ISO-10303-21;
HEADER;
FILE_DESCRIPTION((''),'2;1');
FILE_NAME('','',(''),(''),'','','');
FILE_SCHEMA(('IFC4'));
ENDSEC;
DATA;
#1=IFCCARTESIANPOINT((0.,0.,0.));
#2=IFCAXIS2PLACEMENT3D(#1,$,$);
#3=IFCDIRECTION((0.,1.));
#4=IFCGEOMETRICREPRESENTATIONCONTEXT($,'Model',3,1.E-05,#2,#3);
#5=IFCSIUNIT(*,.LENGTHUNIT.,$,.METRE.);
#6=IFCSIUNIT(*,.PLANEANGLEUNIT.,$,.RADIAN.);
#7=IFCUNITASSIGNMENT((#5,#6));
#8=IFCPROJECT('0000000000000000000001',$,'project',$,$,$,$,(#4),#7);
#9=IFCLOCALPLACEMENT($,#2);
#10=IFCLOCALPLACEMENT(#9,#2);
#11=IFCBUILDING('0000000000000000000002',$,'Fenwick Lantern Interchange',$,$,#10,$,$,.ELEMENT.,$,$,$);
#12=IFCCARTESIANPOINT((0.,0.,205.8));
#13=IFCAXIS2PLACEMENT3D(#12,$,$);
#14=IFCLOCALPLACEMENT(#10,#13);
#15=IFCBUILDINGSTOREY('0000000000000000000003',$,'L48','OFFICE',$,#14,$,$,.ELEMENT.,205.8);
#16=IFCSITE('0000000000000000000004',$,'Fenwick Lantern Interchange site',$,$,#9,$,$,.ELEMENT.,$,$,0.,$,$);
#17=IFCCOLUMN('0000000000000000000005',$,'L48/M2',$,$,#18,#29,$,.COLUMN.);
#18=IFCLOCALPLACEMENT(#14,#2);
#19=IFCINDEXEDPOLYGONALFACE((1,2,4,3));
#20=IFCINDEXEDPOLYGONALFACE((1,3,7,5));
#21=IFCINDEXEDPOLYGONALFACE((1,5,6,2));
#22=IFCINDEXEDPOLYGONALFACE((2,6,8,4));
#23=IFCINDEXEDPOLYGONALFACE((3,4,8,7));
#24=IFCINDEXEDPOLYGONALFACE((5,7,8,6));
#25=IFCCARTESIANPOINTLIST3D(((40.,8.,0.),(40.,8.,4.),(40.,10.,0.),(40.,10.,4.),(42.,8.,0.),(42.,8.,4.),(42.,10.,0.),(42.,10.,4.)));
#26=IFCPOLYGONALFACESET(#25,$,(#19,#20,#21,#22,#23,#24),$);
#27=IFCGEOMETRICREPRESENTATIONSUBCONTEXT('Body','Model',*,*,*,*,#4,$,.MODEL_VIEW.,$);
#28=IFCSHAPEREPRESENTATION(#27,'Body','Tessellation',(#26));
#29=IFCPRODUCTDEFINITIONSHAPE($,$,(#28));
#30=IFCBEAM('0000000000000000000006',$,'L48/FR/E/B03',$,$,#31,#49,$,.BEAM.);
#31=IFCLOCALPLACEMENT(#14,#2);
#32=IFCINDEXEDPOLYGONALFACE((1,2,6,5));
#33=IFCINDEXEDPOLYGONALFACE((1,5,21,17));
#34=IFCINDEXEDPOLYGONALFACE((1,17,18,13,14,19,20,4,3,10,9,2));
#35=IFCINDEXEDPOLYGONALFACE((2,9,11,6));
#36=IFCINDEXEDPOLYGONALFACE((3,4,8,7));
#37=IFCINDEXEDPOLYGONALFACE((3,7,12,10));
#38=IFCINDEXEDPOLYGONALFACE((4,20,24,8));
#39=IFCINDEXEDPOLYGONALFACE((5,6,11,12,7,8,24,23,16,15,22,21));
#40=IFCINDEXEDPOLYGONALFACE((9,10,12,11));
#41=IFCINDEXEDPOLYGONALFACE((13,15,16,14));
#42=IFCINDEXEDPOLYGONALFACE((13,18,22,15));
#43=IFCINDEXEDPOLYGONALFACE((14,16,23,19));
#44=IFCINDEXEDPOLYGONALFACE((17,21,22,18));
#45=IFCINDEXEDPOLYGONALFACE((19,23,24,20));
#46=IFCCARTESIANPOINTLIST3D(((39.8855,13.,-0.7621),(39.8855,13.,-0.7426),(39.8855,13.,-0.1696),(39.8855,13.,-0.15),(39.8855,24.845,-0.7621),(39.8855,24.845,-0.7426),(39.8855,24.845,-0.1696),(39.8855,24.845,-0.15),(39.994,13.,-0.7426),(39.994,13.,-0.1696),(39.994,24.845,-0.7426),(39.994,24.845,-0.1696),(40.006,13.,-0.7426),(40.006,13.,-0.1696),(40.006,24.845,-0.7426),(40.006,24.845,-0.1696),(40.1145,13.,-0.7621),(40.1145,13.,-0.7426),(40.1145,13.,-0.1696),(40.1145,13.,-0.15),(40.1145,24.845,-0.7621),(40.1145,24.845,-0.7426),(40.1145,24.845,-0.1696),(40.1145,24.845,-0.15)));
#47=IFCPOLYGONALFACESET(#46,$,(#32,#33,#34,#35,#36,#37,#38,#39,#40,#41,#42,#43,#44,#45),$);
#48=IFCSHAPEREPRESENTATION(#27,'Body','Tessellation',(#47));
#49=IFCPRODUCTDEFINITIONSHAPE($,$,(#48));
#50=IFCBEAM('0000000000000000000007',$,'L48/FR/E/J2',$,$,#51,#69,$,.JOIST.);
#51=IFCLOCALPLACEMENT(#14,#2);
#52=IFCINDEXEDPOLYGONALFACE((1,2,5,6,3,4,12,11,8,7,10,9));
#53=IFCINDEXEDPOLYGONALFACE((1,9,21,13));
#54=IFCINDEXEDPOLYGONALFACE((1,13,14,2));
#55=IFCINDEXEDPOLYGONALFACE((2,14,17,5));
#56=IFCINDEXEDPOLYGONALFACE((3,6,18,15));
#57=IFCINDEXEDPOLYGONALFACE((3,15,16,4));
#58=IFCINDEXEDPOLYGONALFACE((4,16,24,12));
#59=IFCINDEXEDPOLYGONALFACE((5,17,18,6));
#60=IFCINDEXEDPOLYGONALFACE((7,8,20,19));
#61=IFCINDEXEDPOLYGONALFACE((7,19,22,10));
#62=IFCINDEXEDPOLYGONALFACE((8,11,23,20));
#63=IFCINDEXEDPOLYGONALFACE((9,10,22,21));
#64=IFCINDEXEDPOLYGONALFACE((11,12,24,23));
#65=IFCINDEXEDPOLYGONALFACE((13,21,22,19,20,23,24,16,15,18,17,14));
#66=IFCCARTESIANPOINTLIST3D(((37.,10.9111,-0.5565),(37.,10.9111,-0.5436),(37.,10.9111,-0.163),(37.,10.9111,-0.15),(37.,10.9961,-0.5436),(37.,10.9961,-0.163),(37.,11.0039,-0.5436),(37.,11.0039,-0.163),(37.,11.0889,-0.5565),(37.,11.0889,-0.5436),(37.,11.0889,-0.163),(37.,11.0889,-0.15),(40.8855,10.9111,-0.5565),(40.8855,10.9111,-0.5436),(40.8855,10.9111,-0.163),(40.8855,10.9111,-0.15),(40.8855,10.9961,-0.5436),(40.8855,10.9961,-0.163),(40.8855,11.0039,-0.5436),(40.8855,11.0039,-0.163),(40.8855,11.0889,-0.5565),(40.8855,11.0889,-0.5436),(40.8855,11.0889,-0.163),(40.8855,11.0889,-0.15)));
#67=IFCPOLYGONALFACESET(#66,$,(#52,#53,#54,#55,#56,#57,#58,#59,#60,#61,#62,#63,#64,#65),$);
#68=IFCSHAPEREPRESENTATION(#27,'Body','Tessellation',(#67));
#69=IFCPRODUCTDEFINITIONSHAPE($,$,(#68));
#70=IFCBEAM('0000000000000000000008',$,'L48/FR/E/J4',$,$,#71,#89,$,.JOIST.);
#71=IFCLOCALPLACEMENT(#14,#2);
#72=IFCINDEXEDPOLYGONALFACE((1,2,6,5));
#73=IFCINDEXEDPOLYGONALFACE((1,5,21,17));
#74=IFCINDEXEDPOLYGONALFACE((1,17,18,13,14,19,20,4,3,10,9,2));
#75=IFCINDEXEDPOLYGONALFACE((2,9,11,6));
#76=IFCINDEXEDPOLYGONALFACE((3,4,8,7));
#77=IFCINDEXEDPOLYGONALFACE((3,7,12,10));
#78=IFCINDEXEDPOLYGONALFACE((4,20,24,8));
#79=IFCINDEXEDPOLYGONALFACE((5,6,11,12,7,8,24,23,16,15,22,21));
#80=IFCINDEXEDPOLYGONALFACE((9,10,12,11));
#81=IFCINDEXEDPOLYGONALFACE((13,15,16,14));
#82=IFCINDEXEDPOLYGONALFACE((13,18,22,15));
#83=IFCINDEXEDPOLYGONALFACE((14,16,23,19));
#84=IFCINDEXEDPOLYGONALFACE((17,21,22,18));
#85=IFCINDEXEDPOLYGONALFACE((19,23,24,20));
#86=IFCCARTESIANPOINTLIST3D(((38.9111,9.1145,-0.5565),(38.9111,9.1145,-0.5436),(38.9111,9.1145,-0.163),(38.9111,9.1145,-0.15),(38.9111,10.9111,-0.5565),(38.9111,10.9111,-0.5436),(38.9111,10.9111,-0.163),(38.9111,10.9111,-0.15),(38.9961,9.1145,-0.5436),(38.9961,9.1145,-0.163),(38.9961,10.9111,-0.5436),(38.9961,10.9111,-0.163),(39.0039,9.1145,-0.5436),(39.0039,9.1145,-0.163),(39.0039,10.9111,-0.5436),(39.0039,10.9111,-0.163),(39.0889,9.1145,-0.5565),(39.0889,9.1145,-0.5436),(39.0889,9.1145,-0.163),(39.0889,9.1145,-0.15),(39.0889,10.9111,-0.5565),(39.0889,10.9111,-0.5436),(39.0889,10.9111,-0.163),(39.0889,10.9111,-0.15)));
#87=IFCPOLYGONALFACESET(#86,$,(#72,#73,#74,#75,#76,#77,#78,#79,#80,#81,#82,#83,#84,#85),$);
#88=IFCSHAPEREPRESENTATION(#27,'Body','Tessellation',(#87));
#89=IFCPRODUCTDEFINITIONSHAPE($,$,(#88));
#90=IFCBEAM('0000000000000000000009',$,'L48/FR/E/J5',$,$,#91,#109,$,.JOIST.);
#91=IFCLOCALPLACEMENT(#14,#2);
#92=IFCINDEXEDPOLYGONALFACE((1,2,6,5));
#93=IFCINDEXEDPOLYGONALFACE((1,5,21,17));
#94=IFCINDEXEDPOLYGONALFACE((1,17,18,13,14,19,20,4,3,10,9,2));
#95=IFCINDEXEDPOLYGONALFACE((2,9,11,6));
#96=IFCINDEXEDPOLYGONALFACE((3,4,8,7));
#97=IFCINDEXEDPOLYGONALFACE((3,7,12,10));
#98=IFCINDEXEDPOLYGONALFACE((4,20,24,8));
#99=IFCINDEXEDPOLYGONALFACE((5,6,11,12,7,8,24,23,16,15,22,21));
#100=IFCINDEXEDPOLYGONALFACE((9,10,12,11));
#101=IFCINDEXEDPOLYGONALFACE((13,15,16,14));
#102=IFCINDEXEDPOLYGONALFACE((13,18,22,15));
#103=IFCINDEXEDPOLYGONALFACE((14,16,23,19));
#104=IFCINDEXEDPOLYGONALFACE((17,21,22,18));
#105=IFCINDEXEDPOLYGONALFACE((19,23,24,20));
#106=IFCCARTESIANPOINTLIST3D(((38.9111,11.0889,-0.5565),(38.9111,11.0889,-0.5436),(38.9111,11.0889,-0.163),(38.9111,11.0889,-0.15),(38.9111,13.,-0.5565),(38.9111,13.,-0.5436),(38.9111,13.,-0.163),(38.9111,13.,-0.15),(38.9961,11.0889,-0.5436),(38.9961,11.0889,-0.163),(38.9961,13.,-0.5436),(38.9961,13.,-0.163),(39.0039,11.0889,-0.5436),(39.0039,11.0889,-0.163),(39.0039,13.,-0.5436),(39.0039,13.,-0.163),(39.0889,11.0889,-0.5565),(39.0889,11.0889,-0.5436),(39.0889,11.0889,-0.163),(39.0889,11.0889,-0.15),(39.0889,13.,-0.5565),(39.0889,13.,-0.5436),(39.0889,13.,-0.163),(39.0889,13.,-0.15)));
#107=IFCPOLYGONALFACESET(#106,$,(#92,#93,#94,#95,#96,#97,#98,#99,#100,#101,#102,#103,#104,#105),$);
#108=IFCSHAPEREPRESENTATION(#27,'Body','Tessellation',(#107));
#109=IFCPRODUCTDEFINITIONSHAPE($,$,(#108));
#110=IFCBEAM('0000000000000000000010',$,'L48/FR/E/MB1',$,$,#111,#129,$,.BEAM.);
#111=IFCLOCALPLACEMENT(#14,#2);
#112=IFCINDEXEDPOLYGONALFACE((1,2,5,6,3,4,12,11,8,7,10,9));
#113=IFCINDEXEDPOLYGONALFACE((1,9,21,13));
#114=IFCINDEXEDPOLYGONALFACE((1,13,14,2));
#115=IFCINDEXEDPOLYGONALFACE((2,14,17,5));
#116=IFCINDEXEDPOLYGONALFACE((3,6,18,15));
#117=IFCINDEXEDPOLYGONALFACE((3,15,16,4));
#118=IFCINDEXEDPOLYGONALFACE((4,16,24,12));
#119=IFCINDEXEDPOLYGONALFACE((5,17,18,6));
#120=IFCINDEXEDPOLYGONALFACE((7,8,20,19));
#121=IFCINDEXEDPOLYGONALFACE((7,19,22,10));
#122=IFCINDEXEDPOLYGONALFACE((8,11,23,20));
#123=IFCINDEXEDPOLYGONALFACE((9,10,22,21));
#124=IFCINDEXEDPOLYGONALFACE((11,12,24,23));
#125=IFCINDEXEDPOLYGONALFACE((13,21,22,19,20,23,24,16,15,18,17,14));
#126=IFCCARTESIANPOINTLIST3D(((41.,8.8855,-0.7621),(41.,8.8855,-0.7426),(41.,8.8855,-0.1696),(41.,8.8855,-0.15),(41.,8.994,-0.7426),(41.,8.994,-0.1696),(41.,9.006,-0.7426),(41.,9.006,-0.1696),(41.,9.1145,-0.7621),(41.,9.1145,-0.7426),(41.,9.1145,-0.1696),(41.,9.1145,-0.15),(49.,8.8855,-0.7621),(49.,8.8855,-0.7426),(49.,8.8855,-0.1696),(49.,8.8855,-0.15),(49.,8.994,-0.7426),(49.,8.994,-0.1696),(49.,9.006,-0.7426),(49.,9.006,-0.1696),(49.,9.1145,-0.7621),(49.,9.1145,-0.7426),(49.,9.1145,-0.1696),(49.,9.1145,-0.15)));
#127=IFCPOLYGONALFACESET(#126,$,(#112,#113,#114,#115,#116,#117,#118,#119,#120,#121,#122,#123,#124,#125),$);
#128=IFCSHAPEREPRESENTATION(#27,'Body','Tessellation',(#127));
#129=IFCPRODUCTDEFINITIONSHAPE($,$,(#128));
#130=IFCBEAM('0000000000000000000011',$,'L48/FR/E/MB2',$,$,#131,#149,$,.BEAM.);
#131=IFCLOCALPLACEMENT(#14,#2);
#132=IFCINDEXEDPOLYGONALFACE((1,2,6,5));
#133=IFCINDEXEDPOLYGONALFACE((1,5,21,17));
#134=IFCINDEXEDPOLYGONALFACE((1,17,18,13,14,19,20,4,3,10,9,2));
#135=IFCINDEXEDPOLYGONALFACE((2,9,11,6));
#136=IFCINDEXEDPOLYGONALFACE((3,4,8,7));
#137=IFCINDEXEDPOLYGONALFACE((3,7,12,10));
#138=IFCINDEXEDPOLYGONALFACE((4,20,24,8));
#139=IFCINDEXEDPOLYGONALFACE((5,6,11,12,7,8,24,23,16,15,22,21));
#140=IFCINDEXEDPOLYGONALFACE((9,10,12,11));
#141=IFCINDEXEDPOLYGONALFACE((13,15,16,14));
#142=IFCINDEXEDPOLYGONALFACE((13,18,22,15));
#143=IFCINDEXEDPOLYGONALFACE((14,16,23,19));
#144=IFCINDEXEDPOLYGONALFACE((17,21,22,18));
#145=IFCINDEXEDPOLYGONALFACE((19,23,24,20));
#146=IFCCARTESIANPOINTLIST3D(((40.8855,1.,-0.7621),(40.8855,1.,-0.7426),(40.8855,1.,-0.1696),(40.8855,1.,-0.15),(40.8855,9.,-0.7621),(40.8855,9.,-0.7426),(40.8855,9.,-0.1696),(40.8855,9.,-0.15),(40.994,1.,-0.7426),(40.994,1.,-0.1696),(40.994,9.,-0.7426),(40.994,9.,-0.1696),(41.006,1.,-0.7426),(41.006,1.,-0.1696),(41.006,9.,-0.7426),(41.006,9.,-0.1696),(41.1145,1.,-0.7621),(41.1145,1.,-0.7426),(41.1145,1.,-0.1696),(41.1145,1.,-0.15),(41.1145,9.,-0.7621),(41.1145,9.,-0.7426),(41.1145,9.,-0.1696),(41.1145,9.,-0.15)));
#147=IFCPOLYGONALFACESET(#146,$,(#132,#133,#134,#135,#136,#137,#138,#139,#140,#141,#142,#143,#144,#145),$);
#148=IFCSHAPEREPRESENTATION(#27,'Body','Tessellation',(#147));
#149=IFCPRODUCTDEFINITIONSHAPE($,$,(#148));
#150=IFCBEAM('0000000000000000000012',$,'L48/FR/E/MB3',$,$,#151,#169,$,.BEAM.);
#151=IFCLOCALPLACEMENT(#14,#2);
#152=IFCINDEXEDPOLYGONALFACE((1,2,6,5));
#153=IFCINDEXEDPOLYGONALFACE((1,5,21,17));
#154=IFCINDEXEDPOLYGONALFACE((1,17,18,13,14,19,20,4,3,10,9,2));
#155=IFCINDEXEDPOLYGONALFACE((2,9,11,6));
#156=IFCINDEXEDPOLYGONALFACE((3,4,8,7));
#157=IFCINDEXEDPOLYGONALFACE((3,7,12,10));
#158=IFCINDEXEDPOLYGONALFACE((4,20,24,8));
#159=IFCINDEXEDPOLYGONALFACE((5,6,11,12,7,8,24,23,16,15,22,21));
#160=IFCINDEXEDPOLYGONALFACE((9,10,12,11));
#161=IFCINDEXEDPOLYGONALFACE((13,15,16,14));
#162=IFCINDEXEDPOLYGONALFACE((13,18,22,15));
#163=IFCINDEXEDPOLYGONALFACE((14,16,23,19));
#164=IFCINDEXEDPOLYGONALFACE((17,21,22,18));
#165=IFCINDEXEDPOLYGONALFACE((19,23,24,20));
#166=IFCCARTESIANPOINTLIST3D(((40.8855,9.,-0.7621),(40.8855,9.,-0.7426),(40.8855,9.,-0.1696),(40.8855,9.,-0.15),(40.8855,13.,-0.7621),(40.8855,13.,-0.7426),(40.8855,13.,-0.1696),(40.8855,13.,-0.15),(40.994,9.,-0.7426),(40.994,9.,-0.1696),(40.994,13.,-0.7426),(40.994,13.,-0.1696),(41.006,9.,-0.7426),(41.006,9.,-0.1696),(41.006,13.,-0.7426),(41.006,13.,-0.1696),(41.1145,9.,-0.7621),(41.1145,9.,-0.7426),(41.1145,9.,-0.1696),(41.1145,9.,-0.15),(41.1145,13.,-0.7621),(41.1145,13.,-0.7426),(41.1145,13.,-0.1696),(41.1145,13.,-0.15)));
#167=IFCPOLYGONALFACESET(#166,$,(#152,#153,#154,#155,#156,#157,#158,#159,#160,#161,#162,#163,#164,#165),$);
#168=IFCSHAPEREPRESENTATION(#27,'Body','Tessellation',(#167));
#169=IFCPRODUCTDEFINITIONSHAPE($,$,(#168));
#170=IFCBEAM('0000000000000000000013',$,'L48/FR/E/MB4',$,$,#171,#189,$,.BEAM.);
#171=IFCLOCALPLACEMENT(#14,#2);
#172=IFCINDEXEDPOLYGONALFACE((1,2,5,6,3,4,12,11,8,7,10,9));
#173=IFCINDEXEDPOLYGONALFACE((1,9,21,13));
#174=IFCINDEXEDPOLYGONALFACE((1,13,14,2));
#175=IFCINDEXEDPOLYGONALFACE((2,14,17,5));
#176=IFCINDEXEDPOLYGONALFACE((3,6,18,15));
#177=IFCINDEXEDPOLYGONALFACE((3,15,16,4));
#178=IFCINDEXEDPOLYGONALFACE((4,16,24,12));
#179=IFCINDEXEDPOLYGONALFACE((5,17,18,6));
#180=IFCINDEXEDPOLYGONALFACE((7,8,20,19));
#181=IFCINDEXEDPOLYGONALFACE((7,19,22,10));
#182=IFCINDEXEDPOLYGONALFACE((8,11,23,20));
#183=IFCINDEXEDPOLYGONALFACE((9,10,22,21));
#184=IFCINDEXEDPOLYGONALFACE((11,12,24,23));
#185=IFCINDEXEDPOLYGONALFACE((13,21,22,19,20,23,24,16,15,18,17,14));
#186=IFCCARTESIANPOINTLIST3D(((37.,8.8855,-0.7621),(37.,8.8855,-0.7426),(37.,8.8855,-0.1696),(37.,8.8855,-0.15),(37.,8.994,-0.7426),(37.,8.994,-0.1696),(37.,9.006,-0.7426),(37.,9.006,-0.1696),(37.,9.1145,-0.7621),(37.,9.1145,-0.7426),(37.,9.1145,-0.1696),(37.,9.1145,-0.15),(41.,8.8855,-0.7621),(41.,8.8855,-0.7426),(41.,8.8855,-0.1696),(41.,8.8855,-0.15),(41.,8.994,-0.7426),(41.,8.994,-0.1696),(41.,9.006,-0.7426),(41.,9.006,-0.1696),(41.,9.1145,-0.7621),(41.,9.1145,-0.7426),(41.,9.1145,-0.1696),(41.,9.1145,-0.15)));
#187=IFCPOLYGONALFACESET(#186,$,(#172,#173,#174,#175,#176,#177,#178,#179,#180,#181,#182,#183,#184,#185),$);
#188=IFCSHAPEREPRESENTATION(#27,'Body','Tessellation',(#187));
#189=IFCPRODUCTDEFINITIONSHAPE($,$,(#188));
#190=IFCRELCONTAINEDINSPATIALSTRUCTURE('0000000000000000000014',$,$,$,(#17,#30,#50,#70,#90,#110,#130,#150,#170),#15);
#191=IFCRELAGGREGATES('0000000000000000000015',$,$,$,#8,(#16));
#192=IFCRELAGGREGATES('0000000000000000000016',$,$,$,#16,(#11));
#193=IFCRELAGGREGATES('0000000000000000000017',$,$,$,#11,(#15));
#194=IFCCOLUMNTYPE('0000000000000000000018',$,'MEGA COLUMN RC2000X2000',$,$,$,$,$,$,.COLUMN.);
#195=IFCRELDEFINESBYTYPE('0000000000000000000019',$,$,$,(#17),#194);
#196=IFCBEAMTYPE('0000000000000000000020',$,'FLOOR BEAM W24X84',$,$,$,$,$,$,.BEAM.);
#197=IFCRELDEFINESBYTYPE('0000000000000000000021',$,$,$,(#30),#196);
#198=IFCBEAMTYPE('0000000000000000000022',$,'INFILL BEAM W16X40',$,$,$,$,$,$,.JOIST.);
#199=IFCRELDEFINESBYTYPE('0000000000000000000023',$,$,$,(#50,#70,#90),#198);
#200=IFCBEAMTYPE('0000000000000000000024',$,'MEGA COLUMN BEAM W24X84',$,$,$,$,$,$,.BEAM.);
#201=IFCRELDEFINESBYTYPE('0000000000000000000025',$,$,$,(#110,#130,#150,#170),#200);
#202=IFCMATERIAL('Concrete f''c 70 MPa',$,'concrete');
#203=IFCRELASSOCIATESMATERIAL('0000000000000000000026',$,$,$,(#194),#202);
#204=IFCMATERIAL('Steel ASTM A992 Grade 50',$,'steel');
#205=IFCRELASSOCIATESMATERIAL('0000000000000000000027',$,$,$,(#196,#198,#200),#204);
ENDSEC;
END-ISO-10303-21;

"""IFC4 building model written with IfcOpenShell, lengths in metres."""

from ifc_helpers import new_model, si_unit, direction, frame, origin, origin_2d, place, context, subcontext, project, spatial, rectangle, i_section, extrude, material, material_profile, profile_set, type_object, element, save


model = new_model("IFC4")

# Units and contexts
model_context = context("Model", 3, precision=1e-05, world=origin(), true_north=direction((0.0, 1.0)))
body_context = subcontext(model_context, "Body", "Model", "MODEL_VIEW")
ifc_project = project(units=[si_unit("LENGTHUNIT", "METRE"), si_unit("PLANEANGLEUNIT", "RADIAN")], contexts=[model_context])

# Site, building, storey
site_placement = place(None, origin())
site = spatial("IfcSite", under=ifc_project, at=site_placement, Name="Fenwick Lantern Interchange site", CompositionType="ELEMENT", RefElevation=0.0)
building_placement = place(site_placement, origin())
building = spatial("IfcBuilding", under=site, at=building_placement, Name="Fenwick Lantern Interchange", CompositionType="ELEMENT")
storey_placement = place(building_placement, frame((0.0, 0.0, 205.8)))
storey = spatial("IfcBuildingStorey", under=building, at=storey_placement, Name="L48", Description="OFFICE", CompositionType="ELEMENT", Elevation=205.8)

# Column
ifc_material_1 = material(Name="Concrete f'c 70 MPa", Category="concrete")
ifc_material_profile_1 = material_profile(ifc_material_1, rectangle(XDim=2.0, YDim=2.0, at=origin_2d()), Name="RC2000X2000")
ifc_profile_set_1 = profile_set([ifc_material_profile_1], Name="Concrete f'c 70 MPa")
column_type = type_object("IfcColumnType", Name="MEGA COLUMN RC2000X2000", PredefinedType="COLUMN", material=ifc_profile_set_1)
column_placement = place(storey_placement, frame((41.0, 9.0, 0.0), z_axis=(0.0, 0.0, 1.0), x_axis=(1.0, 0.0, 0.0)))
element("IfcColumn", 1, at=column_placement, inside=storey, type_object=column_type, Name="L48/M2", PredefinedType="COLUMN", context=body_context, shape_type="SweptSolid", body=[
    extrude(rectangle(XDim=2.0, YDim=2.0, at=origin_2d()), origin(), (0.0, 0.0, 1.0), 4.0),
])

# Beams
ifc_material_2 = material(Name="Steel ASTM A992 Grade 50", Category="steel")
ifc_material_profile_2 = material_profile(ifc_material_2, i_section(OverallWidth=0.229, OverallDepth=0.6121, WebThickness=0.012, FlangeThickness=0.0195, at=origin_2d()), Name="W24X84")
ifc_profile_set_2 = profile_set([ifc_material_profile_2], Name="Steel ASTM A992 Grade 50")
beam_type_1 = type_object("IfcBeamType", Name="FLOOR BEAM W24X84", PredefinedType="BEAM", material=ifc_profile_set_2)
beam_1_placement = place(storey_placement, frame((40.0, 13.0, -0.4561), z_axis=(0.0, 1.0, 0.0), x_axis=(-1.0, 0.0, 0.0)))
element("IfcBeam", 2, at=beam_1_placement, inside=storey, type_object=beam_type_1, Name="L48/FR/E/B03", PredefinedType="BEAM", context=body_context, shape_type="SweptSolid", body=[
    extrude(i_section(OverallWidth=0.229, OverallDepth=0.6121, WebThickness=0.012, FlangeThickness=0.0195, at=origin_2d()), origin(), (0.0, 0.0, 1.0), 11.845),
])
ifc_material_profile_3 = material_profile(ifc_material_2, i_section(OverallWidth=0.1777, OverallDepth=0.4065, WebThickness=0.0078, FlangeThickness=0.0129, at=origin_2d()), Name="W16X40")
ifc_profile_set_3 = profile_set([ifc_material_profile_3], Name="Steel ASTM A992 Grade 50")
beam_type_2 = type_object("IfcBeamType", Name="INFILL BEAM W16X40", PredefinedType="JOIST", material=ifc_profile_set_3)
beam_2_placement = place(storey_placement, frame((40.8855, 11.0, -0.3533), z_axis=(-1.0, 0.0, 0.0), x_axis=(0.0, -1.0, 0.0)))
element("IfcBeam", 3, at=beam_2_placement, inside=storey, type_object=beam_type_2, Name="L48/FR/E/J2", PredefinedType="JOIST", context=body_context, shape_type="SweptSolid", body=[
    extrude(i_section(OverallWidth=0.1777, OverallDepth=0.4065, WebThickness=0.0078, FlangeThickness=0.0129, at=origin_2d()), origin(), (0.0, 0.0, 1.0), 3.8855),
])
beam_3_placement = place(storey_placement, frame((39.0, 9.1145, -0.3533), z_axis=(0.0, 1.0, 0.0), x_axis=(-1.0, 0.0, 0.0)))
element("IfcBeam", 4, at=beam_3_placement, inside=storey, type_object=beam_type_2, Name="L48/FR/E/J4", PredefinedType="JOIST", context=body_context, shape_type="SweptSolid", body=[
    extrude(i_section(OverallWidth=0.1777, OverallDepth=0.4065, WebThickness=0.0078, FlangeThickness=0.0129, at=origin_2d()), origin(), (0.0, 0.0, 1.0), 1.7966),
])
beam_4_placement = place(storey_placement, frame((39.0, 11.0889, -0.3533), z_axis=(0.0, 1.0, 0.0), x_axis=(-1.0, 0.0, 0.0)))
element("IfcBeam", 5, at=beam_4_placement, inside=storey, type_object=beam_type_2, Name="L48/FR/E/J5", PredefinedType="JOIST", context=body_context, shape_type="SweptSolid", body=[
    extrude(i_section(OverallWidth=0.1777, OverallDepth=0.4065, WebThickness=0.0078, FlangeThickness=0.0129, at=origin_2d()), origin(), (0.0, 0.0, 1.0), 1.9111),
])
ifc_material_profile_4 = material_profile(ifc_material_2, i_section(OverallWidth=0.229, OverallDepth=0.6121, WebThickness=0.012, FlangeThickness=0.0195, at=origin_2d()), Name="W24X84")
ifc_profile_set_4 = profile_set([ifc_material_profile_4], Name="Steel ASTM A992 Grade 50")
beam_type_3 = type_object("IfcBeamType", Name="MEGA COLUMN BEAM W24X84", PredefinedType="BEAM", material=ifc_profile_set_4)
for number, where, z_axis, x_axis, name in (
    (6, (41.0, 9.0, -0.4561), (1.0, 0.0, 0.0), (0.0, 1.0, 0.0), "L48/FR/E/MB1"),
    (7, (41.0, 9.0, -0.4561), (0.0, -1.0, 0.0), (1.0, 0.0, 0.0), "L48/FR/E/MB2"),
):
    element("IfcBeam", number, at=place(storey_placement, frame(where, z_axis=z_axis, x_axis=x_axis)), inside=storey, type_object=beam_type_3, Name=name, PredefinedType="BEAM", context=body_context, shape_type="SweptSolid", body=[
        extrude(i_section(OverallWidth=0.229, OverallDepth=0.6121, WebThickness=0.012, FlangeThickness=0.0195, at=origin_2d()), origin(), (0.0, 0.0, 1.0), 8.0),
    ])
for number, where, z_axis, x_axis, name in (
    (8, (41.0, 9.0, -0.4561), (0.0, 1.0, 0.0), (-1.0, 0.0, 0.0), "L48/FR/E/MB3"),
    (9, (41.0, 9.0, -0.4561), (-1.0, 0.0, 0.0), (0.0, -1.0, 0.0), "L48/FR/E/MB4"),
):
    element("IfcBeam", number, at=place(storey_placement, frame(where, z_axis=z_axis, x_axis=x_axis)), inside=storey, type_object=beam_type_3, Name=name, PredefinedType="BEAM", context=body_context, shape_type="SweptSolid", body=[
        extrude(i_section(OverallWidth=0.229, OverallDepth=0.6121, WebThickness=0.012, FlangeThickness=0.0195, at=origin_2d()), origin(), (0.0, 0.0, 1.0), 4.0),
    ])

save(model, "model.ifc")
